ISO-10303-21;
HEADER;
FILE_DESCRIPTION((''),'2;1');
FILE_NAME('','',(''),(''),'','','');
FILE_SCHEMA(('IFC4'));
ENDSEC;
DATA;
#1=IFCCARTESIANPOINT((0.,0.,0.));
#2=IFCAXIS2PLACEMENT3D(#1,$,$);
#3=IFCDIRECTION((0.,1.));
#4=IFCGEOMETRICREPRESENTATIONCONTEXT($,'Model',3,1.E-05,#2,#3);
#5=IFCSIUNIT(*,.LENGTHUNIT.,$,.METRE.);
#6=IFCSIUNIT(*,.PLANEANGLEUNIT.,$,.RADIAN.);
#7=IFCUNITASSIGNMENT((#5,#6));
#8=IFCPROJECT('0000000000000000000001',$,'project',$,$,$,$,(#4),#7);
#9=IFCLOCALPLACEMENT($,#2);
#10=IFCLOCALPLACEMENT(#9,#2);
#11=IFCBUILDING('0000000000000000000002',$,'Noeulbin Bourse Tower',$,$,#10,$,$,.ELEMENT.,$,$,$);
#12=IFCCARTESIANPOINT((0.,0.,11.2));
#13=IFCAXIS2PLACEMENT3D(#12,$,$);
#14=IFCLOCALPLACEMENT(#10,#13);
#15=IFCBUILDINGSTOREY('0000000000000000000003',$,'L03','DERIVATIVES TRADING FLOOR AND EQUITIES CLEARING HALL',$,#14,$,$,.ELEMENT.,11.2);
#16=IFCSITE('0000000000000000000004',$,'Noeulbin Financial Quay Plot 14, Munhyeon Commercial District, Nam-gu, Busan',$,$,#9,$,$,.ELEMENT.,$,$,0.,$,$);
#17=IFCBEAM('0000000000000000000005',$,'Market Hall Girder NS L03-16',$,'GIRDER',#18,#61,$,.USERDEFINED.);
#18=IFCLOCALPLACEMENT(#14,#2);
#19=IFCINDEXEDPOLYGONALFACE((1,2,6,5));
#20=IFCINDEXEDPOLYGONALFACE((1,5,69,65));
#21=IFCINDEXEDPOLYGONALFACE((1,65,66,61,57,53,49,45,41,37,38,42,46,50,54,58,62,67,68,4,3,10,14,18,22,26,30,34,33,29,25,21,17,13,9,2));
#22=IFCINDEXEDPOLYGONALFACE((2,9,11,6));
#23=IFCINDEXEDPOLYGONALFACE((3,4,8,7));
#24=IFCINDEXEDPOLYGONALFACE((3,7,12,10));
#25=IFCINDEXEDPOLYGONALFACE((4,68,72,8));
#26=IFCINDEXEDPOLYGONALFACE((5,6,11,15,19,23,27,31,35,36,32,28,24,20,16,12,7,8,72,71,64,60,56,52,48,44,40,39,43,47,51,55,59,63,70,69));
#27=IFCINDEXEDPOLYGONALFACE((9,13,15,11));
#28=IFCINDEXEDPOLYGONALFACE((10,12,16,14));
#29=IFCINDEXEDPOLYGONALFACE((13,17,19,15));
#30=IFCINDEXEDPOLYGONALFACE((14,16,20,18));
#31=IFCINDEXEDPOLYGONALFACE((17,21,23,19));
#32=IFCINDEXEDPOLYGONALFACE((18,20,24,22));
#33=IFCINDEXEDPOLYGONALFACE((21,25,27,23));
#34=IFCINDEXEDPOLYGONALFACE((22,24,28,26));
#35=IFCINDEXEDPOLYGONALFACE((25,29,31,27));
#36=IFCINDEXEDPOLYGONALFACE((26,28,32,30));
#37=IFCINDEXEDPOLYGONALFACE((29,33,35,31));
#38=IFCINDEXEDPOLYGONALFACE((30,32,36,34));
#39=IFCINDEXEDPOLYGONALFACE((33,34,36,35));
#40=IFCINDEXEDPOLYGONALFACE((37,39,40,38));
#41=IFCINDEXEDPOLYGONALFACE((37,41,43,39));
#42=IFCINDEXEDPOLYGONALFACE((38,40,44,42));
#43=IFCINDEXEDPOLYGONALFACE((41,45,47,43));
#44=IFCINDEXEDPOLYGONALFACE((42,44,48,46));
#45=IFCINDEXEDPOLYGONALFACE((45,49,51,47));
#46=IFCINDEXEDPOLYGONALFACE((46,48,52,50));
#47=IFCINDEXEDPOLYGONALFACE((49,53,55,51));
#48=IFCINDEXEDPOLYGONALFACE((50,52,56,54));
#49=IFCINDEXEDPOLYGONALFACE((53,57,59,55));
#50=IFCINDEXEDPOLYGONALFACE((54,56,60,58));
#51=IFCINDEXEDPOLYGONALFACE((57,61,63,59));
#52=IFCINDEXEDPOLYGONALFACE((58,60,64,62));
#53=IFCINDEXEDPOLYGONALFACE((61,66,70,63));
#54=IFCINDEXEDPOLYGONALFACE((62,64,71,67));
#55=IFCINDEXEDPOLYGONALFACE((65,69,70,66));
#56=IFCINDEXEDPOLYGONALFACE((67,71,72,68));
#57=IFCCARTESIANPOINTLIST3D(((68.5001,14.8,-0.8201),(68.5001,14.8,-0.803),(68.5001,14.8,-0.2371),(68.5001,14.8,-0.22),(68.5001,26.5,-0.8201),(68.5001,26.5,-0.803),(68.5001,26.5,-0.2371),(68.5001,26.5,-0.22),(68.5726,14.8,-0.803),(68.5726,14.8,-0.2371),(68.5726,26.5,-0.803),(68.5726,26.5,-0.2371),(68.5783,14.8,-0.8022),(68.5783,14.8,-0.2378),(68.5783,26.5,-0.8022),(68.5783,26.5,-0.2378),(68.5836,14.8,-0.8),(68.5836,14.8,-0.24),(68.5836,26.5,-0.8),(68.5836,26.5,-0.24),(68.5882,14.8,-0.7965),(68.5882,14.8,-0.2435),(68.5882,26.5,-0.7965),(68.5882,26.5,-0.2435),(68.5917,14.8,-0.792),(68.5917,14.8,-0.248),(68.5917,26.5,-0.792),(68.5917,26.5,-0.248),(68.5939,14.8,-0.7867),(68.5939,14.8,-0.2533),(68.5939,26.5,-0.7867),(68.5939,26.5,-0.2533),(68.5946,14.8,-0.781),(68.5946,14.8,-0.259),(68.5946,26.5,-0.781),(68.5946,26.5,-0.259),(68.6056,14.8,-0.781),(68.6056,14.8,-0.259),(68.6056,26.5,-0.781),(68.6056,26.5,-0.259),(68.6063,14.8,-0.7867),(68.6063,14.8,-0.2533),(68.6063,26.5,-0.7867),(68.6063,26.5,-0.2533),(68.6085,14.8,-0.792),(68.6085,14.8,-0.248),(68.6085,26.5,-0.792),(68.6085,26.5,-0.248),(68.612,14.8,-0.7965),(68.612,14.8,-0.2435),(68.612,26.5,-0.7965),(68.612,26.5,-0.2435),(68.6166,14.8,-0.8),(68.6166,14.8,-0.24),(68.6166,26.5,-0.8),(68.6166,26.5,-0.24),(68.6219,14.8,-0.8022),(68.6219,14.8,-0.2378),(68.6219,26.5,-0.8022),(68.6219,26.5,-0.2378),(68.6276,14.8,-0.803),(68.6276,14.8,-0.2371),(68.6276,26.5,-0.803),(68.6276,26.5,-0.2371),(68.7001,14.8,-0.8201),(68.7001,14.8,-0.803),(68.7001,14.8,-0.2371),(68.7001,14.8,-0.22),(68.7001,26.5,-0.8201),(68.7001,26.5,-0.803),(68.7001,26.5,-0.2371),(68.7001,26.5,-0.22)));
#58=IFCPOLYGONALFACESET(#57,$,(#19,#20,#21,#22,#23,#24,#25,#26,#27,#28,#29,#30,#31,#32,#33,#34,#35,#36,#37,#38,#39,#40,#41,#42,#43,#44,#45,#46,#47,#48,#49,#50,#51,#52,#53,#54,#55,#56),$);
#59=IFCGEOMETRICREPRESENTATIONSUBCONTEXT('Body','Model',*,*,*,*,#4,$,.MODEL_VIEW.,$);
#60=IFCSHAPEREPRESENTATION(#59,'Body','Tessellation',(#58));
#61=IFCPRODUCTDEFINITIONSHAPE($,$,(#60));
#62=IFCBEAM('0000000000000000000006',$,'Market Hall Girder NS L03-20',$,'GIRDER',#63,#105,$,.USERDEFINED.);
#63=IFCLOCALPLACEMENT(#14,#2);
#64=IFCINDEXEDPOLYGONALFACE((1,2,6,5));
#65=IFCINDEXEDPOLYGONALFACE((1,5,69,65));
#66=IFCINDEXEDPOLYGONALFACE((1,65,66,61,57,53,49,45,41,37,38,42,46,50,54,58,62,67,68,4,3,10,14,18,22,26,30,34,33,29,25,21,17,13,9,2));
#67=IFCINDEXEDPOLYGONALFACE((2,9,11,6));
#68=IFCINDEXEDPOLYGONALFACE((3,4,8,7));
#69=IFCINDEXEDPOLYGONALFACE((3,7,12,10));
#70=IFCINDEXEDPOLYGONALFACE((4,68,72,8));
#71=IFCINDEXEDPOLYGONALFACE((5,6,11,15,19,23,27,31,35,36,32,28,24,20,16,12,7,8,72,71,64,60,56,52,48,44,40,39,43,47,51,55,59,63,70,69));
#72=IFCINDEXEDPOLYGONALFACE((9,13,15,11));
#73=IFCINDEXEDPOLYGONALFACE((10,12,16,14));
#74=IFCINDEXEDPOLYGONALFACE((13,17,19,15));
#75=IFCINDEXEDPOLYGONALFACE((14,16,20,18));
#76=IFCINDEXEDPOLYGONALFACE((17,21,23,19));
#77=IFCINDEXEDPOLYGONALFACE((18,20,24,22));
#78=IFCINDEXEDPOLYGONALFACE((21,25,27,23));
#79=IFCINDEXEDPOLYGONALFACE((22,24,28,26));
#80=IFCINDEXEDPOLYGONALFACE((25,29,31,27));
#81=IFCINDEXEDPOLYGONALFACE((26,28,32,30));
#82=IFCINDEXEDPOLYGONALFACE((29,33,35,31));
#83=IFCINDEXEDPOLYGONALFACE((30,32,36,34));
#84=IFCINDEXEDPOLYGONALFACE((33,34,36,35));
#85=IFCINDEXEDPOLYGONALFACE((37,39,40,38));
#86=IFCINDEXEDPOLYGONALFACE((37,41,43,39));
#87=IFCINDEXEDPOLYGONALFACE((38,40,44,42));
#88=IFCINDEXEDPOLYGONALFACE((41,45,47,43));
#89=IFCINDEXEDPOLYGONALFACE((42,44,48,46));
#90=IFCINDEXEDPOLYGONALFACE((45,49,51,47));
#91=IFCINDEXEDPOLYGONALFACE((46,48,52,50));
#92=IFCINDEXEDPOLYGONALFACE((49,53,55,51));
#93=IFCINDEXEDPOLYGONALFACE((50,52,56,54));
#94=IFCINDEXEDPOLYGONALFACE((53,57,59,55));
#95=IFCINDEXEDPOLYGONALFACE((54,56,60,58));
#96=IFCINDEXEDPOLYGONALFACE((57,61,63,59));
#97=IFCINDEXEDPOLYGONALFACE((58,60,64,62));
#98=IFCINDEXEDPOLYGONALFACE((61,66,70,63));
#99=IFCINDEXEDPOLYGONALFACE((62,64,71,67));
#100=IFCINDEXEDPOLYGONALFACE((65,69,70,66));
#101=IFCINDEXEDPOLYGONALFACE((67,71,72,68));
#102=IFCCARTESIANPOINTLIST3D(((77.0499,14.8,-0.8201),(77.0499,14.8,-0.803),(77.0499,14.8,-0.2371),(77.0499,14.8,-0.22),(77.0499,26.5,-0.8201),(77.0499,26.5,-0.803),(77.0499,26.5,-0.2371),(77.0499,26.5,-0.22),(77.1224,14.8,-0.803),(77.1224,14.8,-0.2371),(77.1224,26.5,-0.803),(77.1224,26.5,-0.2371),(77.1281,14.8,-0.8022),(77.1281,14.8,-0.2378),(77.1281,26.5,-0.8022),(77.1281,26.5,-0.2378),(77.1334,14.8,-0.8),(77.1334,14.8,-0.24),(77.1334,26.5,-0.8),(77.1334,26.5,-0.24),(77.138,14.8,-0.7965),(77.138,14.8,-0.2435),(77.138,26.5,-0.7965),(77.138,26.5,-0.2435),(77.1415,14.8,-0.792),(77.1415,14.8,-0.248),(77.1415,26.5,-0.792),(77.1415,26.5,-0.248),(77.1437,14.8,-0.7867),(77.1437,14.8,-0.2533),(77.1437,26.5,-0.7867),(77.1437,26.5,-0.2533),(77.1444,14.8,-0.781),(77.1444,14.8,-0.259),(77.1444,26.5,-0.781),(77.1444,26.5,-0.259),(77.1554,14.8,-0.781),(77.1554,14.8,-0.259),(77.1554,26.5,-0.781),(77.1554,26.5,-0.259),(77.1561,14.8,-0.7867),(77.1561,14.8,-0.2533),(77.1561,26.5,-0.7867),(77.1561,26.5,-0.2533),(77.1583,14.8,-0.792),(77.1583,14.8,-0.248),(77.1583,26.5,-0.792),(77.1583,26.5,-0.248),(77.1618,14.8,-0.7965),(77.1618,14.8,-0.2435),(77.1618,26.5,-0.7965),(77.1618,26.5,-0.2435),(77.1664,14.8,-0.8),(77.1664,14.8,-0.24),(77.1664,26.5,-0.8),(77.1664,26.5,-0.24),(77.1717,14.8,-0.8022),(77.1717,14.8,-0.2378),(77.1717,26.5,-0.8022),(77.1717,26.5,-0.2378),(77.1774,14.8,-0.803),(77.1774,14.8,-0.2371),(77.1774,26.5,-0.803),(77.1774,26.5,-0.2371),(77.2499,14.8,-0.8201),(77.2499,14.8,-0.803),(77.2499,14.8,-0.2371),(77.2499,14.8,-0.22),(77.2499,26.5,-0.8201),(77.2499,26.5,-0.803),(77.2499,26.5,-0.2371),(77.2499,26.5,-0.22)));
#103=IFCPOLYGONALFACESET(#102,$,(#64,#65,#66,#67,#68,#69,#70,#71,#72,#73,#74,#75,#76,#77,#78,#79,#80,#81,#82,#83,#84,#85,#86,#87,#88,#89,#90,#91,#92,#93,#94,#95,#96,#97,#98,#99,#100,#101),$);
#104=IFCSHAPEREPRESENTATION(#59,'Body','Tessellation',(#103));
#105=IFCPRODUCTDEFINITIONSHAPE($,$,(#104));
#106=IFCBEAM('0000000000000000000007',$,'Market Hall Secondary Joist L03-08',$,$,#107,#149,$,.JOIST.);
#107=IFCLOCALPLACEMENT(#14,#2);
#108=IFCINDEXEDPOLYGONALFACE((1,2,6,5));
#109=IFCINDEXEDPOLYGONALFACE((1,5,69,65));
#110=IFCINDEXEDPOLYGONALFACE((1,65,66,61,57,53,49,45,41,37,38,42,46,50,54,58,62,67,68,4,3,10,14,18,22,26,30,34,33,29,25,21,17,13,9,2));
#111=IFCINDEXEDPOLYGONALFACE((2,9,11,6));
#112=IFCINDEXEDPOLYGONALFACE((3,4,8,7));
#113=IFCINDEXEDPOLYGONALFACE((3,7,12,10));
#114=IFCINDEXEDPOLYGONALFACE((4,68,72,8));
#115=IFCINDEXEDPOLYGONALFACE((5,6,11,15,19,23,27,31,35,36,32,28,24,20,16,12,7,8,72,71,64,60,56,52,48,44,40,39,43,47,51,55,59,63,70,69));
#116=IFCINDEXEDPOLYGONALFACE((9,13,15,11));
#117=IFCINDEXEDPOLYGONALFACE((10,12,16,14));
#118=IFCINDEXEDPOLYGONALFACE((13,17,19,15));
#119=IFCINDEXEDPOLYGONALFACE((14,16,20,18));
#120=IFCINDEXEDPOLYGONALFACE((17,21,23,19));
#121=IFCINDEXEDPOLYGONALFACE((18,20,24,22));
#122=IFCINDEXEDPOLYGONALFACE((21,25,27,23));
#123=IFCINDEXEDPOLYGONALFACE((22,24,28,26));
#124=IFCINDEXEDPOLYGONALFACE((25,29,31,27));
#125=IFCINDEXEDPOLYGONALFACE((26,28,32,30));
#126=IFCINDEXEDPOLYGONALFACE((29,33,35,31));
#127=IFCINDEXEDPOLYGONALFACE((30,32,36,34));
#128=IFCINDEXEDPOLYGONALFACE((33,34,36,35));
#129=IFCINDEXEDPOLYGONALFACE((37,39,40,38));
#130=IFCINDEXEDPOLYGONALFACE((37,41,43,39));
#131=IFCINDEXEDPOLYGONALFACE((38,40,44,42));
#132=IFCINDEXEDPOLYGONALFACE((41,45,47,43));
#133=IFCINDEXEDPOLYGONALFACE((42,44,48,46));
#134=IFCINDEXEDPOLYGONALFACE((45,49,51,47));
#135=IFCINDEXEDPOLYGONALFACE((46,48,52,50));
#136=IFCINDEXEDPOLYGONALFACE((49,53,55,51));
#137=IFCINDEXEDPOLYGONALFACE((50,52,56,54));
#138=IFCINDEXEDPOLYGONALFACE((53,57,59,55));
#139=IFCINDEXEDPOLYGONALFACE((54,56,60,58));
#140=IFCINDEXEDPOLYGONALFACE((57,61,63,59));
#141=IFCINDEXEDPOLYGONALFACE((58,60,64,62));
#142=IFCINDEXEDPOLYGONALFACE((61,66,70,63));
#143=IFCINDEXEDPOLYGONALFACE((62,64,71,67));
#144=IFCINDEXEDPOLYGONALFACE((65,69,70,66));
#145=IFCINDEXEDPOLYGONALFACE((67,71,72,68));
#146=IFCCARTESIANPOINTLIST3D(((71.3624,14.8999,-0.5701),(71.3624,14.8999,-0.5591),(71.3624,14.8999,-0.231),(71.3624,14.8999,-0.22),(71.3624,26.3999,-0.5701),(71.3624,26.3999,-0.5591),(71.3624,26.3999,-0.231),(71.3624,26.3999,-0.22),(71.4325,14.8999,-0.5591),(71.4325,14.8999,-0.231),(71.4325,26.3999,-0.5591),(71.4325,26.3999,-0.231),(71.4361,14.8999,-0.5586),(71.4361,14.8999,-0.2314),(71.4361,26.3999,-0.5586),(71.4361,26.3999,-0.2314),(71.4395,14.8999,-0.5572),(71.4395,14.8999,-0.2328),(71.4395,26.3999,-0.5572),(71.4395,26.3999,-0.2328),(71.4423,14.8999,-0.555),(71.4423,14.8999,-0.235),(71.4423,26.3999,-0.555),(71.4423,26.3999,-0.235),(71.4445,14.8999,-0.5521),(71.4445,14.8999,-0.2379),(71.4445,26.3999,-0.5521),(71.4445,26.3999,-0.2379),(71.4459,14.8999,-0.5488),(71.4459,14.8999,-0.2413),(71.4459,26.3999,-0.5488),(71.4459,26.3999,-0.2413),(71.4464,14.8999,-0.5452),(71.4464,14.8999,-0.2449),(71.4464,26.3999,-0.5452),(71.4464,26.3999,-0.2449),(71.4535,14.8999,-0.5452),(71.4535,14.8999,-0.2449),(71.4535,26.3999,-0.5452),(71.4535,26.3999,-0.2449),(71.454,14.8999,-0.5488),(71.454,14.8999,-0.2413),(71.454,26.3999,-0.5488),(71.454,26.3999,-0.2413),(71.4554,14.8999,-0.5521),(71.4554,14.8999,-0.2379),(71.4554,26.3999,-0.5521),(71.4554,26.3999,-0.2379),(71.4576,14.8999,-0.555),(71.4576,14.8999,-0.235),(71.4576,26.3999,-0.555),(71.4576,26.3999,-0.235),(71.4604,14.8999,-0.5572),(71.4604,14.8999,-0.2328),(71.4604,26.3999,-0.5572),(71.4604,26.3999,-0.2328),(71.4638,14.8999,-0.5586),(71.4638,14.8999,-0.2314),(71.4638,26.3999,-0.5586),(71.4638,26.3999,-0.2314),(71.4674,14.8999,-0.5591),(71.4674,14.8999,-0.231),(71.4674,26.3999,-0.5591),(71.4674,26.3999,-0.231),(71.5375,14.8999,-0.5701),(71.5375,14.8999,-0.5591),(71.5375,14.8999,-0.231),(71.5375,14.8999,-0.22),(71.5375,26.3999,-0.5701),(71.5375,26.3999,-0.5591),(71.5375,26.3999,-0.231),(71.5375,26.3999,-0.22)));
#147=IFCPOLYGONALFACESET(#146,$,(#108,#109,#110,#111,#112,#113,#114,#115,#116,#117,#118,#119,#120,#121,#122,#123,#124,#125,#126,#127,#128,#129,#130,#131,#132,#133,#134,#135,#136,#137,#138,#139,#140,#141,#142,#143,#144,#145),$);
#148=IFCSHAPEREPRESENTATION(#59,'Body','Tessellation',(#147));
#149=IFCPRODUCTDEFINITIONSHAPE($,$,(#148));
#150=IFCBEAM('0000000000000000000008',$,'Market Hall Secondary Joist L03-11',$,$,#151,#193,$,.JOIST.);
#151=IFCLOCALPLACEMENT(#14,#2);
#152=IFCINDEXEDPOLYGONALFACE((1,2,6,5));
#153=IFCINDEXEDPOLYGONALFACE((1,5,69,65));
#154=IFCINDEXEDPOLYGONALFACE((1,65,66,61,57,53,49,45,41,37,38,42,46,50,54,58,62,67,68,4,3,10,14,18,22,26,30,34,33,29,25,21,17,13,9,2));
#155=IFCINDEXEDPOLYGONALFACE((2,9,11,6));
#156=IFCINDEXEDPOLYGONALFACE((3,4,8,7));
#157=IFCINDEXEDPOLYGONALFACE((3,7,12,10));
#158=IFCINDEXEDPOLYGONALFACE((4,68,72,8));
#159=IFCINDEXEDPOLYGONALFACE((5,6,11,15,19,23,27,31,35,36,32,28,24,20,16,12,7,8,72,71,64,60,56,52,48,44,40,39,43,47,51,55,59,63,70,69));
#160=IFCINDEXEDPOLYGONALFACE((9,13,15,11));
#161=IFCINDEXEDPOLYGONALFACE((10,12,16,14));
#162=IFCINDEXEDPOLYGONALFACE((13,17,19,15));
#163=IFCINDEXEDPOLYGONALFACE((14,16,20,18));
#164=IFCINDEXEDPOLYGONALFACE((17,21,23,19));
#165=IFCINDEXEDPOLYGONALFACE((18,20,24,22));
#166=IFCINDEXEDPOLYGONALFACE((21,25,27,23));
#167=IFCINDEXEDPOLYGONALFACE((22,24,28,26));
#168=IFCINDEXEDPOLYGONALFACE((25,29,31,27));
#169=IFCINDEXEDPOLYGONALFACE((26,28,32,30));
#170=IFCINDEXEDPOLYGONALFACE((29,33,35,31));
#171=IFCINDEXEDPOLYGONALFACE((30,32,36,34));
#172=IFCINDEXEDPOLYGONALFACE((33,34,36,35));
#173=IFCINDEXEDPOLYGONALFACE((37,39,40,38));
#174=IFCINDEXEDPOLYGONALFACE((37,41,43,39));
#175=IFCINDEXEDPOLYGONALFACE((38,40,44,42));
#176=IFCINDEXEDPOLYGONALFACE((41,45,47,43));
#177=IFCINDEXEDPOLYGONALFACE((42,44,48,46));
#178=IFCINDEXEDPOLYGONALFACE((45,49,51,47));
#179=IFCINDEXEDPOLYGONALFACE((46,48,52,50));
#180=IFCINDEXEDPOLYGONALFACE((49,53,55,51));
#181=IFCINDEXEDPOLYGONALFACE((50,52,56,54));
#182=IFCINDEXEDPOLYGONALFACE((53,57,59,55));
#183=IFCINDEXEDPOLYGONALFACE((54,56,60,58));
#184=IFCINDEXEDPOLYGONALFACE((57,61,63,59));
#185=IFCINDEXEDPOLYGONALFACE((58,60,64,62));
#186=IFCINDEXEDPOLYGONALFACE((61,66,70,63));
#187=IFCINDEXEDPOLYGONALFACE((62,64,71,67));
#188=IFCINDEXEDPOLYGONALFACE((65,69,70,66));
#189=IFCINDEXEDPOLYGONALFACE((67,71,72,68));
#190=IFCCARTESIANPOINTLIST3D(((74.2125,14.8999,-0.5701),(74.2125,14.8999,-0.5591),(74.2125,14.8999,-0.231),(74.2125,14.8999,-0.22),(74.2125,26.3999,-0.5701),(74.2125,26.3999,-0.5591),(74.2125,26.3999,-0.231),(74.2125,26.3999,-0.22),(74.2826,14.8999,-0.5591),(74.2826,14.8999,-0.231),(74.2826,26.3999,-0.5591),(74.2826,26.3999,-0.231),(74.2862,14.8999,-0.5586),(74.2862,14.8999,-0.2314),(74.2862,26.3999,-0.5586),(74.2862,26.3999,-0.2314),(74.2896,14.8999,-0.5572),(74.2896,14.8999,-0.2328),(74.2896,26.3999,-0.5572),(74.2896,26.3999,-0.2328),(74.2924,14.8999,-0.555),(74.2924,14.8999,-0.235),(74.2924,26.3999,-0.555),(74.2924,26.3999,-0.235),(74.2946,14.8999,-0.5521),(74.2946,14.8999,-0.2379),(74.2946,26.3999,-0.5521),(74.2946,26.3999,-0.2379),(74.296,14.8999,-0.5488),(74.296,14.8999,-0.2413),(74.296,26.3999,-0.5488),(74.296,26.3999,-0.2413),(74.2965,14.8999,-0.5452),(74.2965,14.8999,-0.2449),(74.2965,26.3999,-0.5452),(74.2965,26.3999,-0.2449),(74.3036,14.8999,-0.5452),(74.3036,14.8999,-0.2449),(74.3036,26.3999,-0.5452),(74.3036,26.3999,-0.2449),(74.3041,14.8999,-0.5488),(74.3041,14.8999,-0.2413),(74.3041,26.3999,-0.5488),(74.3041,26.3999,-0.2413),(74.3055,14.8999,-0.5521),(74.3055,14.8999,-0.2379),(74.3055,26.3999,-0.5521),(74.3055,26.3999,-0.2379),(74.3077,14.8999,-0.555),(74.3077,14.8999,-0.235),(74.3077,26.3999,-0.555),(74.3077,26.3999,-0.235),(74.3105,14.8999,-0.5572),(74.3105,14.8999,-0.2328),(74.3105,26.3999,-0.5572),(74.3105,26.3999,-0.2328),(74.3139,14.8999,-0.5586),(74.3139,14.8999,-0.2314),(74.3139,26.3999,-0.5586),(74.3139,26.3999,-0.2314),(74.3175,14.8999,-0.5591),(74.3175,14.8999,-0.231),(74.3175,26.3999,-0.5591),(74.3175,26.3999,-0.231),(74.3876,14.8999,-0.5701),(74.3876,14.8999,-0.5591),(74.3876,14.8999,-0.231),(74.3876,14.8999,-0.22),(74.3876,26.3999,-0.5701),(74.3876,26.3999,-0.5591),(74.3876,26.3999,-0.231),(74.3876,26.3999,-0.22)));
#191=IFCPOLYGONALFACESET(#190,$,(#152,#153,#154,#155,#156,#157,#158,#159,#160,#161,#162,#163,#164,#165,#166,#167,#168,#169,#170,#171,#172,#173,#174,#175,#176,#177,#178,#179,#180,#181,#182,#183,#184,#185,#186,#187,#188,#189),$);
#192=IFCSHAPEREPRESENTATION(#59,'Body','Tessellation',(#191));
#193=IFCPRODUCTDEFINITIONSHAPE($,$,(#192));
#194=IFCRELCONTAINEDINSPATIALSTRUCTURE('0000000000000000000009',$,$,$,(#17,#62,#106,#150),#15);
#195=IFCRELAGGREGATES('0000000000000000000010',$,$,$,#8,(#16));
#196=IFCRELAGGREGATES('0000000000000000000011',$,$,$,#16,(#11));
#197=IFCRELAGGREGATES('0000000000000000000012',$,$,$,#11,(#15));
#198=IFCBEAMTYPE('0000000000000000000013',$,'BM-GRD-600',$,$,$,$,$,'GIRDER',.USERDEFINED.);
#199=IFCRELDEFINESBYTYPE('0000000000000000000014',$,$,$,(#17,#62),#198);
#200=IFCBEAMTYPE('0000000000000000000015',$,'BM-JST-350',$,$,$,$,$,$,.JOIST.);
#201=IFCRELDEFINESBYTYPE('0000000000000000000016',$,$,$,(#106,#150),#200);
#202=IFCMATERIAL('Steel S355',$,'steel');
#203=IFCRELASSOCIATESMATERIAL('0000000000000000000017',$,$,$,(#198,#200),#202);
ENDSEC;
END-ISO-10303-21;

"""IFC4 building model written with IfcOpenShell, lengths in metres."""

from ifc_helpers import new_model, si_unit, direction, frame, origin, origin_2d, place, context, subcontext, project, spatial, i_section, extrude, material, material_profile, profile_set, type_object, element, save


model = new_model("IFC4")

# Units and contexts
model_context = context("Model", 3, precision=1e-05, world=origin(), true_north=direction((0.0, 1.0)))
body_context = subcontext(model_context, "Body", "Model", "MODEL_VIEW")
ifc_project = project(units=[si_unit("LENGTHUNIT", "METRE"), si_unit("PLANEANGLEUNIT", "RADIAN")], contexts=[model_context])

# Site, building, storey
site_placement = place(None, origin())
site = spatial("IfcSite", under=ifc_project, at=site_placement, Name="Noeulbin Financial Quay Plot 14, Munhyeon Commercial District, Nam-gu, Busan", CompositionType="ELEMENT", RefElevation=0.0)
building_placement = place(site_placement, origin())
building = spatial("IfcBuilding", under=site, at=building_placement, Name="Noeulbin Bourse Tower", CompositionType="ELEMENT")
storey_placement = place(building_placement, frame((0.0, 0.0, 11.2)))
storey = spatial("IfcBuildingStorey", under=building, at=storey_placement, Name="L03", Description="DERIVATIVES TRADING FLOOR AND EQUITIES CLEARING HALL", CompositionType="ELEMENT", Elevation=11.2)

# Shared definitions
ifc_material_1 = material(Name="Steel S355", Category="steel")

# Beams
ifc_material_profile_1 = material_profile(ifc_material_1, i_section(OverallWidth=0.2, OverallDepth=0.6001, WebThickness=0.011, FlangeThickness=0.0171, FilletRadius=0.022, at=origin_2d()), Name="H-600x200x11x17", Category="LoadBearing")
ifc_profile_set_1 = profile_set([ifc_material_profile_1], Name="Steel S355")
beam_type_1 = type_object("IfcBeamType", Name="BM-GRD-600", ElementType="GIRDER", PredefinedType="USERDEFINED", material=ifc_profile_set_1)
for number, where, z_axis, x_axis, name in (
    (1, (68.6001, 14.8, -0.52), (0.0, 1.0, 0.0), (-1.0, 0.0, 0.0), "Market Hall Girder NS L03-16"),
    (2, (77.1499, 14.8, -0.52), (0.0, 1.0, 0.0), (-1.0, 0.0, 0.0), "Market Hall Girder NS L03-20"),
):
    element("IfcBeam", number, at=place(storey_placement, frame(where, z_axis=z_axis, x_axis=x_axis)), inside=storey, type_object=beam_type_1, Name=name, ObjectType="GIRDER", PredefinedType="USERDEFINED", context=body_context, shape_type="SweptSolid", body=[
        extrude(i_section(OverallWidth=0.2, OverallDepth=0.6001, WebThickness=0.011, FlangeThickness=0.0171, FilletRadius=0.022, at=origin_2d()), origin(), (0.0, 0.0, 1.0), 11.7),
    ])
ifc_material_profile_2 = material_profile(ifc_material_1, i_section(OverallWidth=0.175, OverallDepth=0.3501, WebThickness=0.0071, FlangeThickness=0.011, FilletRadius=0.0139, at=origin_2d()), Name="H-350x175x7x11", Category="LoadBearing")
ifc_profile_set_2 = profile_set([ifc_material_profile_2], Name="Steel S355")
beam_type_2 = type_object("IfcBeamType", Name="BM-JST-350", PredefinedType="JOIST", material=ifc_profile_set_2)
for number, where, z_axis, x_axis, name in (
    (3, (71.45, 14.8999, -0.395), (0.0, 1.0, 0.0), (-1.0, 0.0, 0.0), "Market Hall Secondary Joist L03-08"),
    (4, (74.3, 14.8999, -0.395), (0.0, 1.0, 0.0), (-1.0, 0.0, 0.0), "Market Hall Secondary Joist L03-11"),
):
    element("IfcBeam", number, at=place(storey_placement, frame(where, z_axis=z_axis, x_axis=x_axis)), inside=storey, type_object=beam_type_2, Name=name, PredefinedType="JOIST", context=body_context, shape_type="SweptSolid", body=[
        extrude(i_section(OverallWidth=0.175, OverallDepth=0.3501, WebThickness=0.0071, FlangeThickness=0.011, FilletRadius=0.0139, at=origin_2d()), origin(), (0.0, 0.0, 1.0), 11.5),
    ])

save(model, "model.ifc")
